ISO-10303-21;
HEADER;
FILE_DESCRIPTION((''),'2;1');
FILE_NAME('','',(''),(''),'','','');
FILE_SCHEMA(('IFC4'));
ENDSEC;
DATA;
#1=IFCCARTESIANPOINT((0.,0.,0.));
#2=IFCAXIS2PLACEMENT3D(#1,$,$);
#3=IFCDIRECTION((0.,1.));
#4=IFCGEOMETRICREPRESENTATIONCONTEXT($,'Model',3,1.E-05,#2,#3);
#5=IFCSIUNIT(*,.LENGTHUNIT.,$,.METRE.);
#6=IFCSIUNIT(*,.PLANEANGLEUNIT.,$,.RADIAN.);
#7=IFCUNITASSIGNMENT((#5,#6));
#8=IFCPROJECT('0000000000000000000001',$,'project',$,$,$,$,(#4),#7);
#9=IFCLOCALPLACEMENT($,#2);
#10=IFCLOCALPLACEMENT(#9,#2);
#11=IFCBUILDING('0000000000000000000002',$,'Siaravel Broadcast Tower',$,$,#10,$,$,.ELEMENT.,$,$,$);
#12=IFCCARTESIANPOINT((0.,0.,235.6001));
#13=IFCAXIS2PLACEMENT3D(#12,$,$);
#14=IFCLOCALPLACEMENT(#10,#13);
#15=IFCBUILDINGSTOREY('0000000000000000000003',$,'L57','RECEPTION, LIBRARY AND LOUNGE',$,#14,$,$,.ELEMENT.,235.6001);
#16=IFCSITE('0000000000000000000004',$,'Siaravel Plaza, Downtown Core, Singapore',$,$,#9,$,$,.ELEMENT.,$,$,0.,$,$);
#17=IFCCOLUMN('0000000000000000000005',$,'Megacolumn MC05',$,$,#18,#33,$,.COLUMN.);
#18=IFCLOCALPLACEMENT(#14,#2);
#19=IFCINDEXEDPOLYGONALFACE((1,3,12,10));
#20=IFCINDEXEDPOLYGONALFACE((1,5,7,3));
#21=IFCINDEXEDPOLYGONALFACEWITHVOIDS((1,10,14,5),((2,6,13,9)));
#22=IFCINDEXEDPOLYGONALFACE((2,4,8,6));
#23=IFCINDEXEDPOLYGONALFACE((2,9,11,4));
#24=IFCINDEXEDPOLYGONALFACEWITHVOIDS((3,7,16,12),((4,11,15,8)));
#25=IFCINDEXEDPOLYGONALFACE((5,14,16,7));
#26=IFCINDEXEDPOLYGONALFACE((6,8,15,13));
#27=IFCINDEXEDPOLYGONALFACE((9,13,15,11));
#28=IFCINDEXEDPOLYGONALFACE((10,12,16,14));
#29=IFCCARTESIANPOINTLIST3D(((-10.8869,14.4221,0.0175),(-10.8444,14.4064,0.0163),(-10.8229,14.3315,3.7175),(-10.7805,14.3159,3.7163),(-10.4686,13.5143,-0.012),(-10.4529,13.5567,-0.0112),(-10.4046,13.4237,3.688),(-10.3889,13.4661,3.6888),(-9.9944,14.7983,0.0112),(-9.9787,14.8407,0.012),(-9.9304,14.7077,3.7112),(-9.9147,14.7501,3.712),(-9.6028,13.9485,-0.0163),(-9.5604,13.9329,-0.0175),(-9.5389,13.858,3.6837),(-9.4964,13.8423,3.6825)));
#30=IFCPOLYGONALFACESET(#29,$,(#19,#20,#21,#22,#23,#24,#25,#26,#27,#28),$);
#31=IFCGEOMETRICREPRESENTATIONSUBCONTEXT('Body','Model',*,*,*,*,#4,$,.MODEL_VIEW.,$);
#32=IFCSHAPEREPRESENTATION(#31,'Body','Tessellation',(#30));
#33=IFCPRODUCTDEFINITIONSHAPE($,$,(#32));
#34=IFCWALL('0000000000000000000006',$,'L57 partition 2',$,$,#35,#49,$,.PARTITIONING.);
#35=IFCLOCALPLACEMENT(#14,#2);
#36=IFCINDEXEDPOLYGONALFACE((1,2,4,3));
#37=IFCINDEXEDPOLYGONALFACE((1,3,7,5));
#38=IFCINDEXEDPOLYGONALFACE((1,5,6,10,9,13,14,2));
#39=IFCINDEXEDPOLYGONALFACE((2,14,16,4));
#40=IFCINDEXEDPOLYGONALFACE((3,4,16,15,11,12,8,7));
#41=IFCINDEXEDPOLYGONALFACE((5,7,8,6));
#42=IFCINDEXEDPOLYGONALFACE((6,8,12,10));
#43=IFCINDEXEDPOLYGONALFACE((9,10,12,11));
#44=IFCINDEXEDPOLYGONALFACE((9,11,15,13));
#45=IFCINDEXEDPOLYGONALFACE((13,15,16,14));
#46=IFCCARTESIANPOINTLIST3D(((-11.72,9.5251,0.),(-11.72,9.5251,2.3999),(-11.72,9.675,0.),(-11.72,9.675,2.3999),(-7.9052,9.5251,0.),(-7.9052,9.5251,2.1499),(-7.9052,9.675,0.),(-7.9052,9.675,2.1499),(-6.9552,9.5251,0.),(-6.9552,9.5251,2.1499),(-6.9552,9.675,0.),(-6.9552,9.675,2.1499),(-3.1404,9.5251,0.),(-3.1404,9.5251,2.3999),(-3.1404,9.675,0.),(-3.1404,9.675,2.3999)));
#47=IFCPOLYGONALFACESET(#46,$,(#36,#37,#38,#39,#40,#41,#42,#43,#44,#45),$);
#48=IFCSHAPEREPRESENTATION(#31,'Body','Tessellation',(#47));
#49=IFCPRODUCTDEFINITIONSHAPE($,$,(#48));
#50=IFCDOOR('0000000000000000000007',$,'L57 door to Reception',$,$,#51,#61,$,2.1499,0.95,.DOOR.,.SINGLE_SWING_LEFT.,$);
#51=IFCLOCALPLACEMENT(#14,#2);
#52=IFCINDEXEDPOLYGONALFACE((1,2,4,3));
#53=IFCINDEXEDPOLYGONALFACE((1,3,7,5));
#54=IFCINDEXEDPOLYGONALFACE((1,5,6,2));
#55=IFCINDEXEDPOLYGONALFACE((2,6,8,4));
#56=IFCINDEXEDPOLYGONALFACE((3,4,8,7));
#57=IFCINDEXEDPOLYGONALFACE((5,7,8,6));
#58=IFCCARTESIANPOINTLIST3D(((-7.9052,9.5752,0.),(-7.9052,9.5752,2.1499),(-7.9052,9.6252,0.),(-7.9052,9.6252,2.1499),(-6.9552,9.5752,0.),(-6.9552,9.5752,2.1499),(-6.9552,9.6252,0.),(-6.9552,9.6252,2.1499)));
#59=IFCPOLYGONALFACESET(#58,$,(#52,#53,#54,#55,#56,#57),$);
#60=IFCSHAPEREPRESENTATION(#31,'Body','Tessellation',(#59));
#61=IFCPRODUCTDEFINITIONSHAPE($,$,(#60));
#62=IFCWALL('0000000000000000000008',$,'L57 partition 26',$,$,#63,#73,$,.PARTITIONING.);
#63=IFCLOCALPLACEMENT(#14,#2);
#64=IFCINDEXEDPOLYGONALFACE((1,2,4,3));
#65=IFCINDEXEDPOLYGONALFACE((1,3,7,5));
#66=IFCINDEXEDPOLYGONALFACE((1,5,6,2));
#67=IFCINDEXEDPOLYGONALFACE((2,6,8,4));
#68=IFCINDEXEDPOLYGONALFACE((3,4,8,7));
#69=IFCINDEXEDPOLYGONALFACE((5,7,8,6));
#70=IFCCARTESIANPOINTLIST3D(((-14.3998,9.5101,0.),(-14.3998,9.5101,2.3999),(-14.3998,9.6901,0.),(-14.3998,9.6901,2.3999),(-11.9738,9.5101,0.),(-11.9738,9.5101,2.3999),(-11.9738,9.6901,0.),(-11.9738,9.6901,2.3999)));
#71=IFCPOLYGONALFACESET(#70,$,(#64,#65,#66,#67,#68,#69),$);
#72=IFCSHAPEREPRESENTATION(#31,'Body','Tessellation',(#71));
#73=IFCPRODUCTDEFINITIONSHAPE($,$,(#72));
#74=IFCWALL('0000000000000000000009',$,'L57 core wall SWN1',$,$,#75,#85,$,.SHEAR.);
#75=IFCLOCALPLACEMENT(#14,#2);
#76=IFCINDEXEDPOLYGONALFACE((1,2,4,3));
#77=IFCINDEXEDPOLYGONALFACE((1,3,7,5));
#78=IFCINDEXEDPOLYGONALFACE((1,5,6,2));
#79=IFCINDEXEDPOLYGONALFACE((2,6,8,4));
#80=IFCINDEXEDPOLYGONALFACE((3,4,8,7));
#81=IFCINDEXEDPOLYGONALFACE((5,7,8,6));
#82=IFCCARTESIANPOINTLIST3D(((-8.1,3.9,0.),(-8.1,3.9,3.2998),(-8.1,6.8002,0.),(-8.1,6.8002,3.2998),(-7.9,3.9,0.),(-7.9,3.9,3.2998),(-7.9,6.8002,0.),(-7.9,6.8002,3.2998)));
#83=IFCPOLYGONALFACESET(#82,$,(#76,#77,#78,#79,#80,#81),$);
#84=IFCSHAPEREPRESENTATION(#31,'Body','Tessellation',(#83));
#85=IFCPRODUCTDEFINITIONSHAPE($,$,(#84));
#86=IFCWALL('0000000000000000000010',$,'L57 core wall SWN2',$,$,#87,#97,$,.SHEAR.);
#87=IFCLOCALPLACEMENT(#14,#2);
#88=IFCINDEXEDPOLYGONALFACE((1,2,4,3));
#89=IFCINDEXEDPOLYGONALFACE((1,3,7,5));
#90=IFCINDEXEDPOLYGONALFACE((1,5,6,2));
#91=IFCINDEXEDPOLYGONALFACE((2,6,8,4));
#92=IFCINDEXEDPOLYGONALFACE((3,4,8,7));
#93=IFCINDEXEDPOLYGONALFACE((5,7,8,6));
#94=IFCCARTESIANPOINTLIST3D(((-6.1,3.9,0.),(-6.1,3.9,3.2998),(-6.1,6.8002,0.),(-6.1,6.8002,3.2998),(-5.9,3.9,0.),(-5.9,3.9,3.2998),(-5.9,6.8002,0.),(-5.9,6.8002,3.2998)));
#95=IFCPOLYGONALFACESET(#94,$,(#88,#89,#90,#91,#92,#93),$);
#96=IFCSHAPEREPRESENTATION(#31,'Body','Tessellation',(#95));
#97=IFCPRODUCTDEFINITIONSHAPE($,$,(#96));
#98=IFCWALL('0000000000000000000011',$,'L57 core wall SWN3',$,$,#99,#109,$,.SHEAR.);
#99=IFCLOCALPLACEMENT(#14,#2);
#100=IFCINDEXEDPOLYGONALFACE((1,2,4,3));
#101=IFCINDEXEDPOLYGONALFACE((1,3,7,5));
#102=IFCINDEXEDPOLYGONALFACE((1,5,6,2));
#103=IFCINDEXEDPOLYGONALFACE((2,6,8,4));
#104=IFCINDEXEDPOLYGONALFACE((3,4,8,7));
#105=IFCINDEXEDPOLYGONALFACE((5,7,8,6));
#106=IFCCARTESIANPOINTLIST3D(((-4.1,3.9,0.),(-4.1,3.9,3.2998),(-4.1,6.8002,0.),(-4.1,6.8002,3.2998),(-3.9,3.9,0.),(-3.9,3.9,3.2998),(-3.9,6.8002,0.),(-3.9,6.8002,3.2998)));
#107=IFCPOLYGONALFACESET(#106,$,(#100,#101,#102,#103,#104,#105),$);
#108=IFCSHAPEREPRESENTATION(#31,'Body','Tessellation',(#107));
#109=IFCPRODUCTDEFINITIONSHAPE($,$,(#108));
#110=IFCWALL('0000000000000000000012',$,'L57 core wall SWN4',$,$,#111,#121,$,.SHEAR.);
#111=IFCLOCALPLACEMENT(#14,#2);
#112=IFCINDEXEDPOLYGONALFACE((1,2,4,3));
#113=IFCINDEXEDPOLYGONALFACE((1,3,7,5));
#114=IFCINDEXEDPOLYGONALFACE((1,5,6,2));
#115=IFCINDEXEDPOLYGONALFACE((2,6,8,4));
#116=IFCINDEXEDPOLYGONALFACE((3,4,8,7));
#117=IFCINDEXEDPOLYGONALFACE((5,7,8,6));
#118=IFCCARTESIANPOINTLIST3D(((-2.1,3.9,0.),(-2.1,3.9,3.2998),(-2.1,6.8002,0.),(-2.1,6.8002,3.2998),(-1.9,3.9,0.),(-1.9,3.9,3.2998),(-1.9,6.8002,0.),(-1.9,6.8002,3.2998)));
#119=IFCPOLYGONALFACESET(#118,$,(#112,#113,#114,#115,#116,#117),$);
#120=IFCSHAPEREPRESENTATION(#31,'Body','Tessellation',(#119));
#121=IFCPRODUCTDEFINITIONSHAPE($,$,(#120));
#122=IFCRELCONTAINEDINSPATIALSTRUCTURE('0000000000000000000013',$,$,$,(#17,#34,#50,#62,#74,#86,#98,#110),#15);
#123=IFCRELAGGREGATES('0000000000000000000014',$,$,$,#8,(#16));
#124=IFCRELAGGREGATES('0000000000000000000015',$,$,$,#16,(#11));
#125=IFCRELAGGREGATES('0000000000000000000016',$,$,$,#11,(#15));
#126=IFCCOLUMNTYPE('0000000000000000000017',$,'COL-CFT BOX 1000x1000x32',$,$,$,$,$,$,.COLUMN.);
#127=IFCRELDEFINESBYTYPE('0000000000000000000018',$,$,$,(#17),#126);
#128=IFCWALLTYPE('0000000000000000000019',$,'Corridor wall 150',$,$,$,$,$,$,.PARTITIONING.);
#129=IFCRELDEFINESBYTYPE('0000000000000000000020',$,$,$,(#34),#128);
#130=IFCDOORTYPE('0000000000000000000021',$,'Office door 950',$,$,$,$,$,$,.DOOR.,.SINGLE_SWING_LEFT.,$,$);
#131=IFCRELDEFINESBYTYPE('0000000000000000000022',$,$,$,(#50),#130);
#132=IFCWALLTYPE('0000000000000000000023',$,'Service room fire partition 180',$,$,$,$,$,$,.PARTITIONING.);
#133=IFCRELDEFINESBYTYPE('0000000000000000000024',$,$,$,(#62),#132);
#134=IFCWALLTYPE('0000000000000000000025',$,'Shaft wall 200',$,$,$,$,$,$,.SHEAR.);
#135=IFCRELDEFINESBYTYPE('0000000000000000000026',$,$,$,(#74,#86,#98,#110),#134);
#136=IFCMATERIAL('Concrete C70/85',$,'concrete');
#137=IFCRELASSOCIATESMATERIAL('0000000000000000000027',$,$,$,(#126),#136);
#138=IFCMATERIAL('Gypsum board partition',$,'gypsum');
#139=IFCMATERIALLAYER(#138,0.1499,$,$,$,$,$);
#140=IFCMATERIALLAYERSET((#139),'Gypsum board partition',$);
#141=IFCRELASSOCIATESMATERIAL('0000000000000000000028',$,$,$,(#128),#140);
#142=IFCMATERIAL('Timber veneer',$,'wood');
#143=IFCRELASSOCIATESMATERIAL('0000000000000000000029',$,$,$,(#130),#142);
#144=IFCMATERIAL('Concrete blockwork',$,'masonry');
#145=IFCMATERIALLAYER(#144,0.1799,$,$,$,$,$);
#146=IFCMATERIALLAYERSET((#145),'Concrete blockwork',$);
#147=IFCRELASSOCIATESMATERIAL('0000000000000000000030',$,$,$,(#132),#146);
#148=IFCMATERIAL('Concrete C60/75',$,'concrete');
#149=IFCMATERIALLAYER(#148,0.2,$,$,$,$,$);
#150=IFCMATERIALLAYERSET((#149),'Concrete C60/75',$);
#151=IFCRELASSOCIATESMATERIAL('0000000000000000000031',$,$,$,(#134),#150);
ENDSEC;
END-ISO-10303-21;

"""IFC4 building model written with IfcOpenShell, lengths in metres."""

from ifc_helpers import new_model, si_unit, direction, frame, frame_2d, origin, origin_2d, place, context, subcontext, project, spatial, rectangle, hollow_rectangle, extrude, material, layer, layer_set, material_profile, profile_set, type_object, element, fill, save


model = new_model("IFC4")

# Units and contexts
model_context = context("Model", 3, precision=1e-05, world=origin(), true_north=direction((0.0, 1.0)))
body_context = subcontext(model_context, "Body", "Model", "MODEL_VIEW")
ifc_project = project(units=[si_unit("LENGTHUNIT", "METRE"), si_unit("PLANEANGLEUNIT", "RADIAN")], contexts=[model_context])

# Site, building, storey
site_placement = place(None, origin())
site = spatial("IfcSite", under=ifc_project, at=site_placement, Name="Siaravel Plaza, Downtown Core, Singapore", CompositionType="ELEMENT", RefElevation=0.0)
building_placement = place(site_placement, origin())
building = spatial("IfcBuilding", under=site, at=building_placement, Name="Siaravel Broadcast Tower", CompositionType="ELEMENT")
storey_placement = place(building_placement, frame((0.0, 0.0, 235.6001)))
storey = spatial("IfcBuildingStorey", under=building, at=storey_placement, Name="L57", Description="RECEPTION, LIBRARY AND LOUNGE", CompositionType="ELEMENT", Elevation=235.6001)

# Column
ifc_material_1 = material(Name="Concrete C70/85", Category="concrete")
ifc_material_profile = material_profile(ifc_material_1, hollow_rectangle(XDim=1.0, YDim=1.0, WallThickness=0.032, at=origin_2d()))
ifc_profile_set = profile_set([ifc_material_profile], Name="Concrete C70/85")
column_type = type_object("IfcColumnType", Name="COL-CFT BOX 1000x1000x32", PredefinedType="COLUMN", material=ifc_profile_set)
column_placement = place(storey_placement, frame((-10.2236, 14.1775, 0.0), z_axis=(0.01728, -0.024469, 0.999551), x_axis=(0.908142, 0.418627, -0.005452)))
element("IfcColumn", 1, at=column_placement, inside=storey, type_object=column_type, Name="Megacolumn MC05", PredefinedType="COLUMN", context=body_context, shape_type="SweptSolid", body=[
    extrude(hollow_rectangle(XDim=1.0, YDim=1.0, WallThickness=0.032, at=origin_2d()), origin(), (0.0, 0.0, 1.0), 3.7017),
])

# Shared definitions
ifc_material_2 = material(Name="Concrete C60/75", Category="concrete")
ifc_material_3 = material(Name="Timber veneer", Category="wood")

# Wall, opening, door
ifc_material_4 = material(Name="Gypsum board partition", Category="gypsum")
ifc_layer_1 = layer(ifc_material_4, 0.1499)
ifc_layer_set_1 = layer_set([ifc_layer_1], Name="Gypsum board partition")
wall_type_1 = type_object("IfcWallType", Name="Corridor wall 150", PredefinedType="PARTITIONING", material=ifc_layer_set_1)
wall_1_placement = place(storey_placement, frame((-3.1404, 9.6001, 0.0), z_axis=(0.0, 0.0, 1.0), x_axis=(-1.0, 0.0, 0.0)))
wall_1 = element("IfcWall", 2, at=wall_1_placement, inside=storey, type_object=wall_type_1, Name="L57 partition 2", PredefinedType="PARTITIONING", context=body_context, shape_type="SweptSolid", body=[
    extrude(rectangle(XDim=8.5796, YDim=0.1499, at=frame_2d((4.2898, 0.0))), origin(), (0.0, 0.0, 1.0), 2.3999),
])
opening_1_placement = place(wall_1_placement, frame((3.8147, 0.0, 0.0)))
opening_1 = element("IfcOpeningElement", 3, at=opening_1_placement, cuts=wall_1, PredefinedType="OPENING", context=body_context, shape_type="SweptSolid", body=[
    extrude(rectangle(XDim=0.95, YDim=2.1499, at=frame_2d((0.4751, 1.075))), frame((0.0, 0.085, 0.0), z_axis=(0.0, -1.0, 0.0), x_axis=(1.0, 0.0, 0.0)), (0.0, 0.0, 1.0), 0.1699),
])
door_type_1 = type_object("IfcDoorType", Name="Office door 950", OperationType="SINGLE_SWING_LEFT", PredefinedType="DOOR", material=ifc_material_3)
door_1_placement = place(opening_1_placement, origin())
door_1 = element("IfcDoor", 4, at=door_1_placement, inside=storey, type_object=door_type_1, Name="L57 door to Reception", OperationType="SINGLE_SWING_LEFT", OverallHeight=2.1499, OverallWidth=0.95, PredefinedType="DOOR", context=body_context, shape_type="SweptSolid", body=[
    extrude(rectangle(XDim=0.95, YDim=2.1499, at=frame_2d((0.4751, 1.075))), frame((0.0, 0.0249, 0.0), z_axis=(0.0, -1.0, 0.0), x_axis=(1.0, 0.0, 0.0)), (0.0, 0.0, 1.0), 0.05),
])
fill(opening_1, door_1)

# Walls
ifc_material_5 = material(Name="Concrete blockwork", Category="masonry")
ifc_layer_2 = layer(ifc_material_5, 0.1799)
ifc_layer_set_2 = layer_set([ifc_layer_2], Name="Concrete blockwork")
wall_type_2 = type_object("IfcWallType", Name="Service room fire partition 180", PredefinedType="PARTITIONING", material=ifc_layer_set_2)
wall_2_placement = place(storey_placement, frame((-11.9739, 9.6001, 0.0), z_axis=(0.0, 0.0, 1.0), x_axis=(-1.0, 0.0, 0.0)))
element("IfcWall", 5, at=wall_2_placement, inside=storey, type_object=wall_type_2, Name="L57 partition 26", PredefinedType="PARTITIONING", context=body_context, shape_type="SweptSolid", body=[
    extrude(rectangle(XDim=2.426, YDim=0.1799, at=frame_2d((1.2129, 0.0))), origin(), (0.0, 0.0, 1.0), 2.3999),
])
ifc_layer_3 = layer(ifc_material_2, 0.2)
ifc_layer_set_3 = layer_set([ifc_layer_3], Name="Concrete C60/75")
wall_type_3 = type_object("IfcWallType", Name="Shaft wall 200", PredefinedType="SHEAR", material=ifc_layer_set_3)
for number, where, z_axis, x_axis, name in (
    (6, (-8.0, 3.8999, 0.0), (0.0, 0.0, 1.0), (0.0, 1.0, 0.0), "L57 core wall SWN1"),
    (7, (-6.0, 3.8999, 0.0), (0.0, 0.0, 1.0), (0.0, 1.0, 0.0), "L57 core wall SWN2"),
    (8, (-4.0, 3.8999, 0.0), (0.0, 0.0, 1.0), (0.0, 1.0, 0.0), "L57 core wall SWN3"),
    (9, (-2.0, 3.8999, 0.0), (0.0, 0.0, 1.0), (0.0, 1.0, 0.0), "L57 core wall SWN4"),
):
    element("IfcWall", number, at=place(storey_placement, frame(where, z_axis=z_axis, x_axis=x_axis)), inside=storey, type_object=wall_type_3, Name=name, PredefinedType="SHEAR", context=body_context, shape_type="SweptSolid", body=[
        extrude(rectangle(XDim=2.9001, YDim=0.2, at=frame_2d((1.4502, 0.0))), origin(), (0.0, 0.0, 1.0), 3.2998),
    ])

save(model, "model.ifc")
